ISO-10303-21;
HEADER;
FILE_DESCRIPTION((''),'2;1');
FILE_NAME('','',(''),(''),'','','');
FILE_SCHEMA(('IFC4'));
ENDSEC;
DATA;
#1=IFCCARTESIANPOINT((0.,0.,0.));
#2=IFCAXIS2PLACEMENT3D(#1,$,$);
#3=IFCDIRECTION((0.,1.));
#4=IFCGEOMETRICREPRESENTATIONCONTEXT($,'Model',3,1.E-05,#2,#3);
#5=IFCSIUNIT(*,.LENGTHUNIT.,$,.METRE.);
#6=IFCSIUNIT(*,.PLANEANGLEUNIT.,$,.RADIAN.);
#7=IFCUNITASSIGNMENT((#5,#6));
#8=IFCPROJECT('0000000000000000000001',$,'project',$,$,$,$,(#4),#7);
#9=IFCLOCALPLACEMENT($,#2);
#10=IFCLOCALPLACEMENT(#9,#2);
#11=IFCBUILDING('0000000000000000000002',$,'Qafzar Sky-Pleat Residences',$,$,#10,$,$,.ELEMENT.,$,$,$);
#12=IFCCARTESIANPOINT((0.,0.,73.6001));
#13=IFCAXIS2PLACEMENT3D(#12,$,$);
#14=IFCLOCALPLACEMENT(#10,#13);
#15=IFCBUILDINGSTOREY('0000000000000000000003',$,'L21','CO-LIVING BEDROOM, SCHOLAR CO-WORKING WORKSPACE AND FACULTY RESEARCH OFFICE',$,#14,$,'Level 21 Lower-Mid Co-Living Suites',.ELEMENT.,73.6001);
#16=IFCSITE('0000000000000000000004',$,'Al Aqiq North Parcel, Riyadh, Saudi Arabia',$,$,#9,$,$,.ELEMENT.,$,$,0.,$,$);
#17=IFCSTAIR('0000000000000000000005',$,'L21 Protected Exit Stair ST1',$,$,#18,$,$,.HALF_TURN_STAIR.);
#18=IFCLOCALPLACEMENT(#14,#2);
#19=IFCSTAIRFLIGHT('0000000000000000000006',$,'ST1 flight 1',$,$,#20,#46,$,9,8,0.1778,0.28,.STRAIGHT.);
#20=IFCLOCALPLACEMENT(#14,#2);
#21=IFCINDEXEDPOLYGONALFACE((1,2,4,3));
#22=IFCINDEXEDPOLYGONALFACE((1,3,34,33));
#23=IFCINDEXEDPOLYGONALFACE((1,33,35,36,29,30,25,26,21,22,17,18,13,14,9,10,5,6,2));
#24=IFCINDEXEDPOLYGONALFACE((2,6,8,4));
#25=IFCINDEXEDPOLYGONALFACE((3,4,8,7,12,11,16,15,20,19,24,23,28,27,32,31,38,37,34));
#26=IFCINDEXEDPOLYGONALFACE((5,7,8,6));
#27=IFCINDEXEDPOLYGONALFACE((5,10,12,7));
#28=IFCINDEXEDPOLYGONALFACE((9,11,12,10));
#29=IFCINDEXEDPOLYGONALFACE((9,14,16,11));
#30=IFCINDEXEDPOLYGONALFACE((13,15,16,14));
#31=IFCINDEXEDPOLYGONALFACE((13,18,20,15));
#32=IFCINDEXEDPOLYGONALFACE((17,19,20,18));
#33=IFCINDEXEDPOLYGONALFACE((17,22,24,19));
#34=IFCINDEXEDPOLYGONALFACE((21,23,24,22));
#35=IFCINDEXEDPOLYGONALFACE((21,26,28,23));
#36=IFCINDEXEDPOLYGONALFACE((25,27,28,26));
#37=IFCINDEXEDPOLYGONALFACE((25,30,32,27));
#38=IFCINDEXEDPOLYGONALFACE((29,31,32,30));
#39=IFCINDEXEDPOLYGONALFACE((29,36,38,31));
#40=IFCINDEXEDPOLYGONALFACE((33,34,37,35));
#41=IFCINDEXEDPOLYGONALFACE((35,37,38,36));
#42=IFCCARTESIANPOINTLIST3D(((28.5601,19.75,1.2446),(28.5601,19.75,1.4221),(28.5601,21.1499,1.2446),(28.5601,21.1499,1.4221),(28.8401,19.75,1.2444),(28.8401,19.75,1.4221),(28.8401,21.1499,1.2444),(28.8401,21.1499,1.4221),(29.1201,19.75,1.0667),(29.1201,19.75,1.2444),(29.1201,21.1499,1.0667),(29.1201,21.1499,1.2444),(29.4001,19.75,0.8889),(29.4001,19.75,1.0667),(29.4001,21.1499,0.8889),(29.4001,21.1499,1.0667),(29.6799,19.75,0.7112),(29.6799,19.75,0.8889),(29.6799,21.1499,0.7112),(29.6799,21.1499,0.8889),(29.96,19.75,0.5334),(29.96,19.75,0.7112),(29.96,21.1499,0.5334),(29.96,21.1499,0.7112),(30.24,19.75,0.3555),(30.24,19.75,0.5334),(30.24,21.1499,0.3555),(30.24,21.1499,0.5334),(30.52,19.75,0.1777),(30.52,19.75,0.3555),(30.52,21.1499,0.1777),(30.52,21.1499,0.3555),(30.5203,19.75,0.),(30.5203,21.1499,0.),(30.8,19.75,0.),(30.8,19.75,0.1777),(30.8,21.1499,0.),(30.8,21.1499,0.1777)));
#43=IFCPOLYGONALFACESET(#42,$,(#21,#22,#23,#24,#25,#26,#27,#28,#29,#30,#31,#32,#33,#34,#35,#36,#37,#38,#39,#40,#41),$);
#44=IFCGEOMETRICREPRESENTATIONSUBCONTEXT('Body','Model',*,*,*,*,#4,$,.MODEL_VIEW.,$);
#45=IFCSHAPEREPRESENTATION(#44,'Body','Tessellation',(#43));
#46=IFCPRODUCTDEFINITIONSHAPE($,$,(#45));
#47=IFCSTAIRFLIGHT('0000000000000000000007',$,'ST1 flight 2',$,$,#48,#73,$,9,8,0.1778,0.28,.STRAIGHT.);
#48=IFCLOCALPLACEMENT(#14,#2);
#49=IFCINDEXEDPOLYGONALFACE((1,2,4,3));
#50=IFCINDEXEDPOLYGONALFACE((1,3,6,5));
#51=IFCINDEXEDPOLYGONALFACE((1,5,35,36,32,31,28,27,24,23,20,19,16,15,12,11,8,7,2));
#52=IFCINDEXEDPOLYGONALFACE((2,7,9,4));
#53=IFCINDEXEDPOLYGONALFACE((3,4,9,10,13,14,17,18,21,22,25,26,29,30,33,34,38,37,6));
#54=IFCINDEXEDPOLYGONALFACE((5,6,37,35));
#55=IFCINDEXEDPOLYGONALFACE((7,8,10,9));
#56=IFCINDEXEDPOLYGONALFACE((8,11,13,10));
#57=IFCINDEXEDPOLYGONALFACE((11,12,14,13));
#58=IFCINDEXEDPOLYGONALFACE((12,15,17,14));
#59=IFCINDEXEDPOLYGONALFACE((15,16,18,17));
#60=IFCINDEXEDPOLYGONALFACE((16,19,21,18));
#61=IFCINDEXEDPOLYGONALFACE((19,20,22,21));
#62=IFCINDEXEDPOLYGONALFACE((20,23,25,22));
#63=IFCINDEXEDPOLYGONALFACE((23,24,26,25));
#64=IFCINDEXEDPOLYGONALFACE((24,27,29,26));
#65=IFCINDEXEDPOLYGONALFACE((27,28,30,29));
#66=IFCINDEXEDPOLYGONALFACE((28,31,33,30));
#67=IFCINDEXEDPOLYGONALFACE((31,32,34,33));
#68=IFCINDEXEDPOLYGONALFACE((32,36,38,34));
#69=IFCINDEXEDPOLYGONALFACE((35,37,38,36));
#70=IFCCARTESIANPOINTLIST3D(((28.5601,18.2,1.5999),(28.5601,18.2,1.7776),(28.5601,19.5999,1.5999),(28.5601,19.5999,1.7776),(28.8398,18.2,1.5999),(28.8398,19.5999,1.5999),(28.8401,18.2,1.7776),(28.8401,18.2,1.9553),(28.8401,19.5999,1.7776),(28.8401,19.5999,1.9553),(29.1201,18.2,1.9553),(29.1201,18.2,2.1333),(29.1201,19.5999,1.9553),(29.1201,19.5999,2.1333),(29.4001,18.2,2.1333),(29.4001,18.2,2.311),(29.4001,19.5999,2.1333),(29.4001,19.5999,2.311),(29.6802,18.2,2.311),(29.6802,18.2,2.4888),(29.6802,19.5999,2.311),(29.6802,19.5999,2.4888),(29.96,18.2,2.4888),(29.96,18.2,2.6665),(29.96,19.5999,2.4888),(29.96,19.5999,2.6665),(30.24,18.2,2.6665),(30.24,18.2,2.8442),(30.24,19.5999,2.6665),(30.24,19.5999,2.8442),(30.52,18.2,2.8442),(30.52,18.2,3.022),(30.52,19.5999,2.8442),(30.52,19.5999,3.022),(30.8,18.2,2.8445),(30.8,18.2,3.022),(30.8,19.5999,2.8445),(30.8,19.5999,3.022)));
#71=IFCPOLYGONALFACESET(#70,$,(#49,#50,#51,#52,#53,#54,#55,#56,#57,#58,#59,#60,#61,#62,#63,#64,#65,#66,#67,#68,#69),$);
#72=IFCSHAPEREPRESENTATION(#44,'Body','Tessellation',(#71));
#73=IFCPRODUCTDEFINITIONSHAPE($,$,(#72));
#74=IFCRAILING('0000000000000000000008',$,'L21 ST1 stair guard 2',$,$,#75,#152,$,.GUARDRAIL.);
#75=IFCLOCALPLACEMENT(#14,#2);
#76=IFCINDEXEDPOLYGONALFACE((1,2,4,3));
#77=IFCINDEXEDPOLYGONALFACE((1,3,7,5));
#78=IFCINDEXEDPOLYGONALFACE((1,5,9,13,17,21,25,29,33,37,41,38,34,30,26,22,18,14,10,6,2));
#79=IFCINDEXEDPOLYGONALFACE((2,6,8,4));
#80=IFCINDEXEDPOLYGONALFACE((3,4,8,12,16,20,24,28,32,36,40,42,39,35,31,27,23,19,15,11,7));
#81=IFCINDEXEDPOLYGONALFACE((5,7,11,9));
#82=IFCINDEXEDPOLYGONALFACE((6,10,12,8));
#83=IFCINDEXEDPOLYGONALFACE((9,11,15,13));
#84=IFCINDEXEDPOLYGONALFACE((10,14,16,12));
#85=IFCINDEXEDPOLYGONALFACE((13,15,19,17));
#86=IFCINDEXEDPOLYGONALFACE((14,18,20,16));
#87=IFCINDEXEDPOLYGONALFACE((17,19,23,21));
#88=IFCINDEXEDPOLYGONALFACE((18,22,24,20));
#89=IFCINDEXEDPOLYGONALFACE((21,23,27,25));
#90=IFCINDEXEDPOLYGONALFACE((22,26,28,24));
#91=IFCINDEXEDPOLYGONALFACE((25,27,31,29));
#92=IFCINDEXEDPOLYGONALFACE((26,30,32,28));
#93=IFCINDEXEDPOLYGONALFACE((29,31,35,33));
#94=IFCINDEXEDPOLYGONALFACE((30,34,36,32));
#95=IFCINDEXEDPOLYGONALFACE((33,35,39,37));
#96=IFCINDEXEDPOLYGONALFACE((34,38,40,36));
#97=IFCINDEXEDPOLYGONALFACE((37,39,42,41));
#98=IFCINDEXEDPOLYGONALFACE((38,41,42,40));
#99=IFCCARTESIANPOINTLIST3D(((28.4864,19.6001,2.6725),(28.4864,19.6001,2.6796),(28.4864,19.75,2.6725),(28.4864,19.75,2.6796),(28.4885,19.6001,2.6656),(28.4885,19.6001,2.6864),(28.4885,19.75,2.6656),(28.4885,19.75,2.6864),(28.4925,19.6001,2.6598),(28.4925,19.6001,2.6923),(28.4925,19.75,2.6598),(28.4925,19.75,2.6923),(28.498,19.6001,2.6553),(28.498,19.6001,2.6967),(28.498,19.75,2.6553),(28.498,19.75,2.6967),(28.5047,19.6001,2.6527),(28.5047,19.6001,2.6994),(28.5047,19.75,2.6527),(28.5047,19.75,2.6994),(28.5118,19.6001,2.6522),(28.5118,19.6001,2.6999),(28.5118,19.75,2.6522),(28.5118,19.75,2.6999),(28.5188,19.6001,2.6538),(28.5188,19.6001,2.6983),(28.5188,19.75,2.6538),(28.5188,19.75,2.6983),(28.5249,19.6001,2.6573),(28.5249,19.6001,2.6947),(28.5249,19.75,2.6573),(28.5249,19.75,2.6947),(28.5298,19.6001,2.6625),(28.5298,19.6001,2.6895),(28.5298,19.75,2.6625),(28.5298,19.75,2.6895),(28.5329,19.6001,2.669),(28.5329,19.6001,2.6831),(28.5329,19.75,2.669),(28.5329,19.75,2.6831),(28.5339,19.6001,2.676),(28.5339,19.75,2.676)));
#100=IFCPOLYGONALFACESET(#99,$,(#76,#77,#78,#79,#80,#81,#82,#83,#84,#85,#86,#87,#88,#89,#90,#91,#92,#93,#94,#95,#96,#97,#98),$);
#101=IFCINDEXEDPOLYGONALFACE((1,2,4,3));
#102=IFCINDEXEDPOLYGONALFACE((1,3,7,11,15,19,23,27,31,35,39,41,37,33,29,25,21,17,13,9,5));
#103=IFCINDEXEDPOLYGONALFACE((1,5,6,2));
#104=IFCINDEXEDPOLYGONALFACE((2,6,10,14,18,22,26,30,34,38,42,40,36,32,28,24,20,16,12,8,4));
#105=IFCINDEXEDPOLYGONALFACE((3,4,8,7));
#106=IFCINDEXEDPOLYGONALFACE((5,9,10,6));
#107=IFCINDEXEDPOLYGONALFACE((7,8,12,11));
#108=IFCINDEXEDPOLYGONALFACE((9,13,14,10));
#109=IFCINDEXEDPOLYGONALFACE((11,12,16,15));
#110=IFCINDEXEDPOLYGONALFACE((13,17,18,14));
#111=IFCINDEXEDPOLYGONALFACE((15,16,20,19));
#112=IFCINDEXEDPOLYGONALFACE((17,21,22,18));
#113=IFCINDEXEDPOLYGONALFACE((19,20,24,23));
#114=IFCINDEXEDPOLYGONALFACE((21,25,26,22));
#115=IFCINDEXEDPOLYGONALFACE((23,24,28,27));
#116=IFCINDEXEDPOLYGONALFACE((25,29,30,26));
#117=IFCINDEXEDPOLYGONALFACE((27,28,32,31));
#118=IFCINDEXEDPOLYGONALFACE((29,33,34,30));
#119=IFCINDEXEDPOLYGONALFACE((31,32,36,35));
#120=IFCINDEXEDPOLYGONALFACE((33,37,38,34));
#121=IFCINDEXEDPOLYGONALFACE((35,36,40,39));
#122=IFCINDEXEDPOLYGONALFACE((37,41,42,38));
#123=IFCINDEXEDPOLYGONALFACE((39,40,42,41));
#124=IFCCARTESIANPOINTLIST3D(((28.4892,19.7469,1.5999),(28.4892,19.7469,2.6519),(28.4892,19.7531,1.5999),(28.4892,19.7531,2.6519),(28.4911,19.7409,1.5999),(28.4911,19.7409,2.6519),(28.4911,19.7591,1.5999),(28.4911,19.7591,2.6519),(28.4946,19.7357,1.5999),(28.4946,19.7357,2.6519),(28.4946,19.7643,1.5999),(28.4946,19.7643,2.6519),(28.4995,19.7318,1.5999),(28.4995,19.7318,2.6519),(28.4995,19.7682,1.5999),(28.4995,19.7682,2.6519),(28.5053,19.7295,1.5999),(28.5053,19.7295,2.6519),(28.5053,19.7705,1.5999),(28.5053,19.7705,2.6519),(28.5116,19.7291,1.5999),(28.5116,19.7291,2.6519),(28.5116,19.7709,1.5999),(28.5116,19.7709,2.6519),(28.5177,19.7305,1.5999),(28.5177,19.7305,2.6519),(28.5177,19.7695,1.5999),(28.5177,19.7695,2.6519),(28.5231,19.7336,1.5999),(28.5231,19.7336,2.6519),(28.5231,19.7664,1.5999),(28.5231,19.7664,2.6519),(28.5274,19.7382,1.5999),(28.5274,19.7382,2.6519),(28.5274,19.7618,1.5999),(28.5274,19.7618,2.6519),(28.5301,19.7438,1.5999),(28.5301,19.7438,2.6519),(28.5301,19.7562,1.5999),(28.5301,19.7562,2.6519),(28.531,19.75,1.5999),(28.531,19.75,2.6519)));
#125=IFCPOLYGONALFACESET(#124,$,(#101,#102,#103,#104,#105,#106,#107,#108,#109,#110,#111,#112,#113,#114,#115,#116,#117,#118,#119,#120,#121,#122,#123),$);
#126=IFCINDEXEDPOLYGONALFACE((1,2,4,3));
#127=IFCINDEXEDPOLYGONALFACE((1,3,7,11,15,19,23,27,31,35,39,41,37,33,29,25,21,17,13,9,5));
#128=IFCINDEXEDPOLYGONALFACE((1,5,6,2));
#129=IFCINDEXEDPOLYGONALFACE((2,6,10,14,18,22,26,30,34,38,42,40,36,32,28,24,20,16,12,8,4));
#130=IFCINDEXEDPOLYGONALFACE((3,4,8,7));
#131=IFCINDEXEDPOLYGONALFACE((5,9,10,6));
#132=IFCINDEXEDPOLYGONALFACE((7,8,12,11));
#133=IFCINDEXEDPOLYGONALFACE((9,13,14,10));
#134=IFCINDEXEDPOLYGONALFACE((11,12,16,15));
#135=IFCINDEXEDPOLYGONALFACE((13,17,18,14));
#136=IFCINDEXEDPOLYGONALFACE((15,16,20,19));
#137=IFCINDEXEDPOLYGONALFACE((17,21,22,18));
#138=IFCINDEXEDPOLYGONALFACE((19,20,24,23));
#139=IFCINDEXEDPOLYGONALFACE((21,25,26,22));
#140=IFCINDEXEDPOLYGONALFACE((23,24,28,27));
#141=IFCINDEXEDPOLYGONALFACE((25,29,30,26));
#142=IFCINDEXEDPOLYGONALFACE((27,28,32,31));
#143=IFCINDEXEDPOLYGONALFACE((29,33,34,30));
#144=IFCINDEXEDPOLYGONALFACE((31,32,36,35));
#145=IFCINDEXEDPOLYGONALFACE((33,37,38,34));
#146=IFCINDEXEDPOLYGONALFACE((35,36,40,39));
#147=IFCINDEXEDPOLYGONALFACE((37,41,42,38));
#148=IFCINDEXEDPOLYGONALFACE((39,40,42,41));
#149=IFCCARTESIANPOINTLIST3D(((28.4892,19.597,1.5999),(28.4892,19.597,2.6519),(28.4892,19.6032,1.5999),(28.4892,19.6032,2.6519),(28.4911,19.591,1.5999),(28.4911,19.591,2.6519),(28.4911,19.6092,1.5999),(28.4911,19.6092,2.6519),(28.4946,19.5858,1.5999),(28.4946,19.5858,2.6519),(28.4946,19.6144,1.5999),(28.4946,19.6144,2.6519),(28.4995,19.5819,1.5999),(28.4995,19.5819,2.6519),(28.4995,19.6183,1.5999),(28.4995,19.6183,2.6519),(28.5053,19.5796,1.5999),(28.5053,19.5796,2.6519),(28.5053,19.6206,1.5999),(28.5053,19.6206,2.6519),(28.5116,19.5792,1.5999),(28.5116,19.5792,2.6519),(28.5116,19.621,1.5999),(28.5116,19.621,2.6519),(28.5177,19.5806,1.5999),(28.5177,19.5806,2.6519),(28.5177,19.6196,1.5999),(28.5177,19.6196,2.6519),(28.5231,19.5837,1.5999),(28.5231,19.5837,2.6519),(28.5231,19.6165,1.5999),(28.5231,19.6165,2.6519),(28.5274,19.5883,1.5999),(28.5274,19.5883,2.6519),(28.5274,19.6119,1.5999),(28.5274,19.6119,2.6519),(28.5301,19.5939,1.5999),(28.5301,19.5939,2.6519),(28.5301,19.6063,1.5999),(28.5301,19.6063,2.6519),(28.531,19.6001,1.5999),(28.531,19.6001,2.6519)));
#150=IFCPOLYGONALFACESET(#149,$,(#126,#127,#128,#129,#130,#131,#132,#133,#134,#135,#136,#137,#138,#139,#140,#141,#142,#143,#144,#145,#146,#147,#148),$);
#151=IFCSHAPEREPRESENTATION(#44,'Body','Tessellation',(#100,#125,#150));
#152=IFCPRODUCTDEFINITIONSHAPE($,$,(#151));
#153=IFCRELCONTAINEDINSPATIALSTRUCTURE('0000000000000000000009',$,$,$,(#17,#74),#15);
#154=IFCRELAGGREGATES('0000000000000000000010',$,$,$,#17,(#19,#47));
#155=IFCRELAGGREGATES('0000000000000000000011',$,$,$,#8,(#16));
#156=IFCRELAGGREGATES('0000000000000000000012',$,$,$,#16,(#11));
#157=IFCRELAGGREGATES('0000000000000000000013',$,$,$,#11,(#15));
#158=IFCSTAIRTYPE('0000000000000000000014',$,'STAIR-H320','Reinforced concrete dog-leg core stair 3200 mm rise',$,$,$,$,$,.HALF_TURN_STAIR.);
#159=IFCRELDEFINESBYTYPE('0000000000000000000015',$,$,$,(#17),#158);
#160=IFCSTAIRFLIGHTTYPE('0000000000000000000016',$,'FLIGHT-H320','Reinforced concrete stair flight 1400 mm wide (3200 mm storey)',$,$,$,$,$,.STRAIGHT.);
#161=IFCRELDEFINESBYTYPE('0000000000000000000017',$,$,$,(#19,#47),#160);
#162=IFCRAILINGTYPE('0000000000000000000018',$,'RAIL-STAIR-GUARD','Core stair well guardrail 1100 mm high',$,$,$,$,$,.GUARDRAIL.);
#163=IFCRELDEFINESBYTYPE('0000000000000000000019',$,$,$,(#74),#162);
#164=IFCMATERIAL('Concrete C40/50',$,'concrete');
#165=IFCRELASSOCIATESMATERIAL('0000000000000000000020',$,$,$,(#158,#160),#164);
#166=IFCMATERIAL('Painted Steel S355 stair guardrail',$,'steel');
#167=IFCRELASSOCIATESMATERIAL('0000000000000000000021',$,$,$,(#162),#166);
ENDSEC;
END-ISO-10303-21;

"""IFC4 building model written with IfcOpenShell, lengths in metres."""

from ifc_helpers import new_model, si_unit, direction, frame, origin, origin_2d, place, context, subcontext, project, spatial, polyline, circle, outline, extrude, source, transform, mapped, material, type_object, element, aggregate, save


model = new_model("IFC4")

# Units and contexts
model_context = context("Model", 3, precision=1e-05, world=origin(), true_north=direction((0.0, 1.0)))
body_context = subcontext(model_context, "Body", "Model", "MODEL_VIEW")
ifc_project = project(units=[si_unit("LENGTHUNIT", "METRE"), si_unit("PLANEANGLEUNIT", "RADIAN")], contexts=[model_context])

# Site, building, storey
site_placement = place(None, origin())
site = spatial("IfcSite", under=ifc_project, at=site_placement, Name="Al Aqiq North Parcel, Riyadh, Saudi Arabia", CompositionType="ELEMENT", RefElevation=0.0)
building_placement = place(site_placement, origin())
building = spatial("IfcBuilding", under=site, at=building_placement, Name="Qafzar Sky-Pleat Residences", CompositionType="ELEMENT")
storey_placement = place(building_placement, frame((0.0, 0.0, 73.6001)))
storey = spatial("IfcBuildingStorey", under=building, at=storey_placement, Name="L21", Description="CO-LIVING BEDROOM, SCHOLAR CO-WORKING WORKSPACE AND FACULTY RESEARCH OFFICE", LongName="Level 21 Lower-Mid Co-Living Suites", CompositionType="ELEMENT", Elevation=73.6001)

# Stair, stair flights
ifc_material_1 = material(Name="Concrete C40/50", Category="concrete")
stair_type = type_object("IfcStairType", Name="STAIR-H320", Description="Reinforced concrete dog-leg core stair 3200 mm rise", PredefinedType="HALF_TURN_STAIR", material=ifc_material_1)
stair_placement = place(storey_placement, origin())
stair = element("IfcStair", 1, at=stair_placement, inside=storey, type_object=stair_type, Name="L21 Protected Exit Stair ST1", PredefinedType="HALF_TURN_STAIR")
stair_flight_type = type_object("IfcStairFlightType", Name="FLIGHT-H320", Description="Reinforced concrete stair flight 1400 mm wide (3200 mm storey)", PredefinedType="STRAIGHT", material=ifc_material_1)
shared_shape_1 = source(origin(), body_context, "Body", "SweptSolid", [
    extrude(outline(polyline([(0.0, 0.0), (0.0, 0.1777), (0.28, 0.1777), (0.28, 0.3555), (0.5601, 0.3555), (0.5601, 0.5334), (0.8401, 0.5334), (0.8401, 0.7112), (1.1201, 0.7112), (1.1201, 0.8889), (1.3999, 0.8889), (1.3999, 1.0667), (1.6799, 1.0667), (1.6799, 1.2444), (1.96, 1.2444), (1.96, 1.4221), (2.24, 1.4221), (2.24, 1.6001), (2.24, 1.2446), (0.2798, 0.0), (0.0, 0.0)])), frame((0.0, 0.7, 0.0), z_axis=(0.0, -1.0, 0.0), x_axis=(1.0, 0.0, 0.0)), (0.0, 0.0, 1.0), 1.3999),
])
stair_flight_1_placement = place(storey_placement, frame((30.8, 20.45, 0.0), z_axis=(0.0, 0.0, 1.0), x_axis=(-1.0, 0.0, 0.0)))
stair_flight_1 = element("IfcStairFlight", 2, at=stair_flight_1_placement, type_object=stair_flight_type, Name="ST1 flight 1", NumberOfRisers=9, NumberOfTreads=8, PredefinedType="STRAIGHT", RiserHeight=0.1778, TreadLength=0.28, context=body_context, shape_type="MappedRepresentation", body=[
    mapped(shared_shape_1, transform((0.0, 0.0, 0.0), x_axis=(1.0, 0.0, 0.0), y_axis=(0.0, 1.0, 0.0), z_axis=(0.0, 0.0, 1.0), scale=1.0)),
])
stair_flight_2_placement = place(storey_placement, frame((28.5601, 18.8999, 1.5999), z_axis=(0.0, 0.0, 1.0), x_axis=(1.0, 0.0, 0.0)))
stair_flight_2 = element("IfcStairFlight", 3, at=stair_flight_2_placement, type_object=stair_flight_type, Name="ST1 flight 2", NumberOfRisers=9, NumberOfTreads=8, PredefinedType="STRAIGHT", RiserHeight=0.1778, TreadLength=0.28, context=body_context, shape_type="MappedRepresentation", body=[
    mapped(shared_shape_1, transform((0.0, 0.0, 0.0), x_axis=(1.0, 0.0, 0.0), y_axis=(0.0, 1.0, 0.0), z_axis=(0.0, 0.0, 1.0), scale=1.0)),
])
aggregate(stair, [stair_flight_1, stair_flight_2])

# Railing
ifc_material_2 = material(Name="Painted Steel S355 stair guardrail", Category="steel")
railing_type_1 = type_object("IfcRailingType", Name="RAIL-STAIR-GUARD", Description="Core stair well guardrail 1100 mm high", PredefinedType="GUARDRAIL", material=ifc_material_2)
shared_shape_2 = source(origin(), body_context, "Body", "SweptSolid", [
    extrude(circle(Radius=0.0239, at=origin_2d()), frame((0.0, 0.0, 1.0762), z_axis=(0.0, -1.0, 0.0), x_axis=(1.0, 0.0, 0.0)), (0.0, 0.0, 1.0), 0.1499),
    extrude(circle(Radius=0.021, at=origin_2d()), origin(), (0.0, 0.0, 1.0), 1.052),
    extrude(circle(Radius=0.021, at=origin_2d()), frame((0.0, -0.1499, 0.0)), (0.0, 0.0, 1.0), 1.052),
])
for number, where, name in (
    (4, (28.51, 19.75, 1.5999), "L21 ST1 stair guard 2"),
):
    element("IfcRailing", number, at=place(storey_placement, frame(where)), inside=storey, type_object=railing_type_1, Name=name, PredefinedType="GUARDRAIL", context=body_context, shape_type="MappedRepresentation", body=[
        mapped(shared_shape_2, transform((0.0, 0.0, 0.0), x_axis=(1.0, 0.0, 0.0), y_axis=(0.0, 1.0, 0.0), z_axis=(0.0, 0.0, 1.0), scale=1.0)),
    ])

save(model, "model.ifc")
